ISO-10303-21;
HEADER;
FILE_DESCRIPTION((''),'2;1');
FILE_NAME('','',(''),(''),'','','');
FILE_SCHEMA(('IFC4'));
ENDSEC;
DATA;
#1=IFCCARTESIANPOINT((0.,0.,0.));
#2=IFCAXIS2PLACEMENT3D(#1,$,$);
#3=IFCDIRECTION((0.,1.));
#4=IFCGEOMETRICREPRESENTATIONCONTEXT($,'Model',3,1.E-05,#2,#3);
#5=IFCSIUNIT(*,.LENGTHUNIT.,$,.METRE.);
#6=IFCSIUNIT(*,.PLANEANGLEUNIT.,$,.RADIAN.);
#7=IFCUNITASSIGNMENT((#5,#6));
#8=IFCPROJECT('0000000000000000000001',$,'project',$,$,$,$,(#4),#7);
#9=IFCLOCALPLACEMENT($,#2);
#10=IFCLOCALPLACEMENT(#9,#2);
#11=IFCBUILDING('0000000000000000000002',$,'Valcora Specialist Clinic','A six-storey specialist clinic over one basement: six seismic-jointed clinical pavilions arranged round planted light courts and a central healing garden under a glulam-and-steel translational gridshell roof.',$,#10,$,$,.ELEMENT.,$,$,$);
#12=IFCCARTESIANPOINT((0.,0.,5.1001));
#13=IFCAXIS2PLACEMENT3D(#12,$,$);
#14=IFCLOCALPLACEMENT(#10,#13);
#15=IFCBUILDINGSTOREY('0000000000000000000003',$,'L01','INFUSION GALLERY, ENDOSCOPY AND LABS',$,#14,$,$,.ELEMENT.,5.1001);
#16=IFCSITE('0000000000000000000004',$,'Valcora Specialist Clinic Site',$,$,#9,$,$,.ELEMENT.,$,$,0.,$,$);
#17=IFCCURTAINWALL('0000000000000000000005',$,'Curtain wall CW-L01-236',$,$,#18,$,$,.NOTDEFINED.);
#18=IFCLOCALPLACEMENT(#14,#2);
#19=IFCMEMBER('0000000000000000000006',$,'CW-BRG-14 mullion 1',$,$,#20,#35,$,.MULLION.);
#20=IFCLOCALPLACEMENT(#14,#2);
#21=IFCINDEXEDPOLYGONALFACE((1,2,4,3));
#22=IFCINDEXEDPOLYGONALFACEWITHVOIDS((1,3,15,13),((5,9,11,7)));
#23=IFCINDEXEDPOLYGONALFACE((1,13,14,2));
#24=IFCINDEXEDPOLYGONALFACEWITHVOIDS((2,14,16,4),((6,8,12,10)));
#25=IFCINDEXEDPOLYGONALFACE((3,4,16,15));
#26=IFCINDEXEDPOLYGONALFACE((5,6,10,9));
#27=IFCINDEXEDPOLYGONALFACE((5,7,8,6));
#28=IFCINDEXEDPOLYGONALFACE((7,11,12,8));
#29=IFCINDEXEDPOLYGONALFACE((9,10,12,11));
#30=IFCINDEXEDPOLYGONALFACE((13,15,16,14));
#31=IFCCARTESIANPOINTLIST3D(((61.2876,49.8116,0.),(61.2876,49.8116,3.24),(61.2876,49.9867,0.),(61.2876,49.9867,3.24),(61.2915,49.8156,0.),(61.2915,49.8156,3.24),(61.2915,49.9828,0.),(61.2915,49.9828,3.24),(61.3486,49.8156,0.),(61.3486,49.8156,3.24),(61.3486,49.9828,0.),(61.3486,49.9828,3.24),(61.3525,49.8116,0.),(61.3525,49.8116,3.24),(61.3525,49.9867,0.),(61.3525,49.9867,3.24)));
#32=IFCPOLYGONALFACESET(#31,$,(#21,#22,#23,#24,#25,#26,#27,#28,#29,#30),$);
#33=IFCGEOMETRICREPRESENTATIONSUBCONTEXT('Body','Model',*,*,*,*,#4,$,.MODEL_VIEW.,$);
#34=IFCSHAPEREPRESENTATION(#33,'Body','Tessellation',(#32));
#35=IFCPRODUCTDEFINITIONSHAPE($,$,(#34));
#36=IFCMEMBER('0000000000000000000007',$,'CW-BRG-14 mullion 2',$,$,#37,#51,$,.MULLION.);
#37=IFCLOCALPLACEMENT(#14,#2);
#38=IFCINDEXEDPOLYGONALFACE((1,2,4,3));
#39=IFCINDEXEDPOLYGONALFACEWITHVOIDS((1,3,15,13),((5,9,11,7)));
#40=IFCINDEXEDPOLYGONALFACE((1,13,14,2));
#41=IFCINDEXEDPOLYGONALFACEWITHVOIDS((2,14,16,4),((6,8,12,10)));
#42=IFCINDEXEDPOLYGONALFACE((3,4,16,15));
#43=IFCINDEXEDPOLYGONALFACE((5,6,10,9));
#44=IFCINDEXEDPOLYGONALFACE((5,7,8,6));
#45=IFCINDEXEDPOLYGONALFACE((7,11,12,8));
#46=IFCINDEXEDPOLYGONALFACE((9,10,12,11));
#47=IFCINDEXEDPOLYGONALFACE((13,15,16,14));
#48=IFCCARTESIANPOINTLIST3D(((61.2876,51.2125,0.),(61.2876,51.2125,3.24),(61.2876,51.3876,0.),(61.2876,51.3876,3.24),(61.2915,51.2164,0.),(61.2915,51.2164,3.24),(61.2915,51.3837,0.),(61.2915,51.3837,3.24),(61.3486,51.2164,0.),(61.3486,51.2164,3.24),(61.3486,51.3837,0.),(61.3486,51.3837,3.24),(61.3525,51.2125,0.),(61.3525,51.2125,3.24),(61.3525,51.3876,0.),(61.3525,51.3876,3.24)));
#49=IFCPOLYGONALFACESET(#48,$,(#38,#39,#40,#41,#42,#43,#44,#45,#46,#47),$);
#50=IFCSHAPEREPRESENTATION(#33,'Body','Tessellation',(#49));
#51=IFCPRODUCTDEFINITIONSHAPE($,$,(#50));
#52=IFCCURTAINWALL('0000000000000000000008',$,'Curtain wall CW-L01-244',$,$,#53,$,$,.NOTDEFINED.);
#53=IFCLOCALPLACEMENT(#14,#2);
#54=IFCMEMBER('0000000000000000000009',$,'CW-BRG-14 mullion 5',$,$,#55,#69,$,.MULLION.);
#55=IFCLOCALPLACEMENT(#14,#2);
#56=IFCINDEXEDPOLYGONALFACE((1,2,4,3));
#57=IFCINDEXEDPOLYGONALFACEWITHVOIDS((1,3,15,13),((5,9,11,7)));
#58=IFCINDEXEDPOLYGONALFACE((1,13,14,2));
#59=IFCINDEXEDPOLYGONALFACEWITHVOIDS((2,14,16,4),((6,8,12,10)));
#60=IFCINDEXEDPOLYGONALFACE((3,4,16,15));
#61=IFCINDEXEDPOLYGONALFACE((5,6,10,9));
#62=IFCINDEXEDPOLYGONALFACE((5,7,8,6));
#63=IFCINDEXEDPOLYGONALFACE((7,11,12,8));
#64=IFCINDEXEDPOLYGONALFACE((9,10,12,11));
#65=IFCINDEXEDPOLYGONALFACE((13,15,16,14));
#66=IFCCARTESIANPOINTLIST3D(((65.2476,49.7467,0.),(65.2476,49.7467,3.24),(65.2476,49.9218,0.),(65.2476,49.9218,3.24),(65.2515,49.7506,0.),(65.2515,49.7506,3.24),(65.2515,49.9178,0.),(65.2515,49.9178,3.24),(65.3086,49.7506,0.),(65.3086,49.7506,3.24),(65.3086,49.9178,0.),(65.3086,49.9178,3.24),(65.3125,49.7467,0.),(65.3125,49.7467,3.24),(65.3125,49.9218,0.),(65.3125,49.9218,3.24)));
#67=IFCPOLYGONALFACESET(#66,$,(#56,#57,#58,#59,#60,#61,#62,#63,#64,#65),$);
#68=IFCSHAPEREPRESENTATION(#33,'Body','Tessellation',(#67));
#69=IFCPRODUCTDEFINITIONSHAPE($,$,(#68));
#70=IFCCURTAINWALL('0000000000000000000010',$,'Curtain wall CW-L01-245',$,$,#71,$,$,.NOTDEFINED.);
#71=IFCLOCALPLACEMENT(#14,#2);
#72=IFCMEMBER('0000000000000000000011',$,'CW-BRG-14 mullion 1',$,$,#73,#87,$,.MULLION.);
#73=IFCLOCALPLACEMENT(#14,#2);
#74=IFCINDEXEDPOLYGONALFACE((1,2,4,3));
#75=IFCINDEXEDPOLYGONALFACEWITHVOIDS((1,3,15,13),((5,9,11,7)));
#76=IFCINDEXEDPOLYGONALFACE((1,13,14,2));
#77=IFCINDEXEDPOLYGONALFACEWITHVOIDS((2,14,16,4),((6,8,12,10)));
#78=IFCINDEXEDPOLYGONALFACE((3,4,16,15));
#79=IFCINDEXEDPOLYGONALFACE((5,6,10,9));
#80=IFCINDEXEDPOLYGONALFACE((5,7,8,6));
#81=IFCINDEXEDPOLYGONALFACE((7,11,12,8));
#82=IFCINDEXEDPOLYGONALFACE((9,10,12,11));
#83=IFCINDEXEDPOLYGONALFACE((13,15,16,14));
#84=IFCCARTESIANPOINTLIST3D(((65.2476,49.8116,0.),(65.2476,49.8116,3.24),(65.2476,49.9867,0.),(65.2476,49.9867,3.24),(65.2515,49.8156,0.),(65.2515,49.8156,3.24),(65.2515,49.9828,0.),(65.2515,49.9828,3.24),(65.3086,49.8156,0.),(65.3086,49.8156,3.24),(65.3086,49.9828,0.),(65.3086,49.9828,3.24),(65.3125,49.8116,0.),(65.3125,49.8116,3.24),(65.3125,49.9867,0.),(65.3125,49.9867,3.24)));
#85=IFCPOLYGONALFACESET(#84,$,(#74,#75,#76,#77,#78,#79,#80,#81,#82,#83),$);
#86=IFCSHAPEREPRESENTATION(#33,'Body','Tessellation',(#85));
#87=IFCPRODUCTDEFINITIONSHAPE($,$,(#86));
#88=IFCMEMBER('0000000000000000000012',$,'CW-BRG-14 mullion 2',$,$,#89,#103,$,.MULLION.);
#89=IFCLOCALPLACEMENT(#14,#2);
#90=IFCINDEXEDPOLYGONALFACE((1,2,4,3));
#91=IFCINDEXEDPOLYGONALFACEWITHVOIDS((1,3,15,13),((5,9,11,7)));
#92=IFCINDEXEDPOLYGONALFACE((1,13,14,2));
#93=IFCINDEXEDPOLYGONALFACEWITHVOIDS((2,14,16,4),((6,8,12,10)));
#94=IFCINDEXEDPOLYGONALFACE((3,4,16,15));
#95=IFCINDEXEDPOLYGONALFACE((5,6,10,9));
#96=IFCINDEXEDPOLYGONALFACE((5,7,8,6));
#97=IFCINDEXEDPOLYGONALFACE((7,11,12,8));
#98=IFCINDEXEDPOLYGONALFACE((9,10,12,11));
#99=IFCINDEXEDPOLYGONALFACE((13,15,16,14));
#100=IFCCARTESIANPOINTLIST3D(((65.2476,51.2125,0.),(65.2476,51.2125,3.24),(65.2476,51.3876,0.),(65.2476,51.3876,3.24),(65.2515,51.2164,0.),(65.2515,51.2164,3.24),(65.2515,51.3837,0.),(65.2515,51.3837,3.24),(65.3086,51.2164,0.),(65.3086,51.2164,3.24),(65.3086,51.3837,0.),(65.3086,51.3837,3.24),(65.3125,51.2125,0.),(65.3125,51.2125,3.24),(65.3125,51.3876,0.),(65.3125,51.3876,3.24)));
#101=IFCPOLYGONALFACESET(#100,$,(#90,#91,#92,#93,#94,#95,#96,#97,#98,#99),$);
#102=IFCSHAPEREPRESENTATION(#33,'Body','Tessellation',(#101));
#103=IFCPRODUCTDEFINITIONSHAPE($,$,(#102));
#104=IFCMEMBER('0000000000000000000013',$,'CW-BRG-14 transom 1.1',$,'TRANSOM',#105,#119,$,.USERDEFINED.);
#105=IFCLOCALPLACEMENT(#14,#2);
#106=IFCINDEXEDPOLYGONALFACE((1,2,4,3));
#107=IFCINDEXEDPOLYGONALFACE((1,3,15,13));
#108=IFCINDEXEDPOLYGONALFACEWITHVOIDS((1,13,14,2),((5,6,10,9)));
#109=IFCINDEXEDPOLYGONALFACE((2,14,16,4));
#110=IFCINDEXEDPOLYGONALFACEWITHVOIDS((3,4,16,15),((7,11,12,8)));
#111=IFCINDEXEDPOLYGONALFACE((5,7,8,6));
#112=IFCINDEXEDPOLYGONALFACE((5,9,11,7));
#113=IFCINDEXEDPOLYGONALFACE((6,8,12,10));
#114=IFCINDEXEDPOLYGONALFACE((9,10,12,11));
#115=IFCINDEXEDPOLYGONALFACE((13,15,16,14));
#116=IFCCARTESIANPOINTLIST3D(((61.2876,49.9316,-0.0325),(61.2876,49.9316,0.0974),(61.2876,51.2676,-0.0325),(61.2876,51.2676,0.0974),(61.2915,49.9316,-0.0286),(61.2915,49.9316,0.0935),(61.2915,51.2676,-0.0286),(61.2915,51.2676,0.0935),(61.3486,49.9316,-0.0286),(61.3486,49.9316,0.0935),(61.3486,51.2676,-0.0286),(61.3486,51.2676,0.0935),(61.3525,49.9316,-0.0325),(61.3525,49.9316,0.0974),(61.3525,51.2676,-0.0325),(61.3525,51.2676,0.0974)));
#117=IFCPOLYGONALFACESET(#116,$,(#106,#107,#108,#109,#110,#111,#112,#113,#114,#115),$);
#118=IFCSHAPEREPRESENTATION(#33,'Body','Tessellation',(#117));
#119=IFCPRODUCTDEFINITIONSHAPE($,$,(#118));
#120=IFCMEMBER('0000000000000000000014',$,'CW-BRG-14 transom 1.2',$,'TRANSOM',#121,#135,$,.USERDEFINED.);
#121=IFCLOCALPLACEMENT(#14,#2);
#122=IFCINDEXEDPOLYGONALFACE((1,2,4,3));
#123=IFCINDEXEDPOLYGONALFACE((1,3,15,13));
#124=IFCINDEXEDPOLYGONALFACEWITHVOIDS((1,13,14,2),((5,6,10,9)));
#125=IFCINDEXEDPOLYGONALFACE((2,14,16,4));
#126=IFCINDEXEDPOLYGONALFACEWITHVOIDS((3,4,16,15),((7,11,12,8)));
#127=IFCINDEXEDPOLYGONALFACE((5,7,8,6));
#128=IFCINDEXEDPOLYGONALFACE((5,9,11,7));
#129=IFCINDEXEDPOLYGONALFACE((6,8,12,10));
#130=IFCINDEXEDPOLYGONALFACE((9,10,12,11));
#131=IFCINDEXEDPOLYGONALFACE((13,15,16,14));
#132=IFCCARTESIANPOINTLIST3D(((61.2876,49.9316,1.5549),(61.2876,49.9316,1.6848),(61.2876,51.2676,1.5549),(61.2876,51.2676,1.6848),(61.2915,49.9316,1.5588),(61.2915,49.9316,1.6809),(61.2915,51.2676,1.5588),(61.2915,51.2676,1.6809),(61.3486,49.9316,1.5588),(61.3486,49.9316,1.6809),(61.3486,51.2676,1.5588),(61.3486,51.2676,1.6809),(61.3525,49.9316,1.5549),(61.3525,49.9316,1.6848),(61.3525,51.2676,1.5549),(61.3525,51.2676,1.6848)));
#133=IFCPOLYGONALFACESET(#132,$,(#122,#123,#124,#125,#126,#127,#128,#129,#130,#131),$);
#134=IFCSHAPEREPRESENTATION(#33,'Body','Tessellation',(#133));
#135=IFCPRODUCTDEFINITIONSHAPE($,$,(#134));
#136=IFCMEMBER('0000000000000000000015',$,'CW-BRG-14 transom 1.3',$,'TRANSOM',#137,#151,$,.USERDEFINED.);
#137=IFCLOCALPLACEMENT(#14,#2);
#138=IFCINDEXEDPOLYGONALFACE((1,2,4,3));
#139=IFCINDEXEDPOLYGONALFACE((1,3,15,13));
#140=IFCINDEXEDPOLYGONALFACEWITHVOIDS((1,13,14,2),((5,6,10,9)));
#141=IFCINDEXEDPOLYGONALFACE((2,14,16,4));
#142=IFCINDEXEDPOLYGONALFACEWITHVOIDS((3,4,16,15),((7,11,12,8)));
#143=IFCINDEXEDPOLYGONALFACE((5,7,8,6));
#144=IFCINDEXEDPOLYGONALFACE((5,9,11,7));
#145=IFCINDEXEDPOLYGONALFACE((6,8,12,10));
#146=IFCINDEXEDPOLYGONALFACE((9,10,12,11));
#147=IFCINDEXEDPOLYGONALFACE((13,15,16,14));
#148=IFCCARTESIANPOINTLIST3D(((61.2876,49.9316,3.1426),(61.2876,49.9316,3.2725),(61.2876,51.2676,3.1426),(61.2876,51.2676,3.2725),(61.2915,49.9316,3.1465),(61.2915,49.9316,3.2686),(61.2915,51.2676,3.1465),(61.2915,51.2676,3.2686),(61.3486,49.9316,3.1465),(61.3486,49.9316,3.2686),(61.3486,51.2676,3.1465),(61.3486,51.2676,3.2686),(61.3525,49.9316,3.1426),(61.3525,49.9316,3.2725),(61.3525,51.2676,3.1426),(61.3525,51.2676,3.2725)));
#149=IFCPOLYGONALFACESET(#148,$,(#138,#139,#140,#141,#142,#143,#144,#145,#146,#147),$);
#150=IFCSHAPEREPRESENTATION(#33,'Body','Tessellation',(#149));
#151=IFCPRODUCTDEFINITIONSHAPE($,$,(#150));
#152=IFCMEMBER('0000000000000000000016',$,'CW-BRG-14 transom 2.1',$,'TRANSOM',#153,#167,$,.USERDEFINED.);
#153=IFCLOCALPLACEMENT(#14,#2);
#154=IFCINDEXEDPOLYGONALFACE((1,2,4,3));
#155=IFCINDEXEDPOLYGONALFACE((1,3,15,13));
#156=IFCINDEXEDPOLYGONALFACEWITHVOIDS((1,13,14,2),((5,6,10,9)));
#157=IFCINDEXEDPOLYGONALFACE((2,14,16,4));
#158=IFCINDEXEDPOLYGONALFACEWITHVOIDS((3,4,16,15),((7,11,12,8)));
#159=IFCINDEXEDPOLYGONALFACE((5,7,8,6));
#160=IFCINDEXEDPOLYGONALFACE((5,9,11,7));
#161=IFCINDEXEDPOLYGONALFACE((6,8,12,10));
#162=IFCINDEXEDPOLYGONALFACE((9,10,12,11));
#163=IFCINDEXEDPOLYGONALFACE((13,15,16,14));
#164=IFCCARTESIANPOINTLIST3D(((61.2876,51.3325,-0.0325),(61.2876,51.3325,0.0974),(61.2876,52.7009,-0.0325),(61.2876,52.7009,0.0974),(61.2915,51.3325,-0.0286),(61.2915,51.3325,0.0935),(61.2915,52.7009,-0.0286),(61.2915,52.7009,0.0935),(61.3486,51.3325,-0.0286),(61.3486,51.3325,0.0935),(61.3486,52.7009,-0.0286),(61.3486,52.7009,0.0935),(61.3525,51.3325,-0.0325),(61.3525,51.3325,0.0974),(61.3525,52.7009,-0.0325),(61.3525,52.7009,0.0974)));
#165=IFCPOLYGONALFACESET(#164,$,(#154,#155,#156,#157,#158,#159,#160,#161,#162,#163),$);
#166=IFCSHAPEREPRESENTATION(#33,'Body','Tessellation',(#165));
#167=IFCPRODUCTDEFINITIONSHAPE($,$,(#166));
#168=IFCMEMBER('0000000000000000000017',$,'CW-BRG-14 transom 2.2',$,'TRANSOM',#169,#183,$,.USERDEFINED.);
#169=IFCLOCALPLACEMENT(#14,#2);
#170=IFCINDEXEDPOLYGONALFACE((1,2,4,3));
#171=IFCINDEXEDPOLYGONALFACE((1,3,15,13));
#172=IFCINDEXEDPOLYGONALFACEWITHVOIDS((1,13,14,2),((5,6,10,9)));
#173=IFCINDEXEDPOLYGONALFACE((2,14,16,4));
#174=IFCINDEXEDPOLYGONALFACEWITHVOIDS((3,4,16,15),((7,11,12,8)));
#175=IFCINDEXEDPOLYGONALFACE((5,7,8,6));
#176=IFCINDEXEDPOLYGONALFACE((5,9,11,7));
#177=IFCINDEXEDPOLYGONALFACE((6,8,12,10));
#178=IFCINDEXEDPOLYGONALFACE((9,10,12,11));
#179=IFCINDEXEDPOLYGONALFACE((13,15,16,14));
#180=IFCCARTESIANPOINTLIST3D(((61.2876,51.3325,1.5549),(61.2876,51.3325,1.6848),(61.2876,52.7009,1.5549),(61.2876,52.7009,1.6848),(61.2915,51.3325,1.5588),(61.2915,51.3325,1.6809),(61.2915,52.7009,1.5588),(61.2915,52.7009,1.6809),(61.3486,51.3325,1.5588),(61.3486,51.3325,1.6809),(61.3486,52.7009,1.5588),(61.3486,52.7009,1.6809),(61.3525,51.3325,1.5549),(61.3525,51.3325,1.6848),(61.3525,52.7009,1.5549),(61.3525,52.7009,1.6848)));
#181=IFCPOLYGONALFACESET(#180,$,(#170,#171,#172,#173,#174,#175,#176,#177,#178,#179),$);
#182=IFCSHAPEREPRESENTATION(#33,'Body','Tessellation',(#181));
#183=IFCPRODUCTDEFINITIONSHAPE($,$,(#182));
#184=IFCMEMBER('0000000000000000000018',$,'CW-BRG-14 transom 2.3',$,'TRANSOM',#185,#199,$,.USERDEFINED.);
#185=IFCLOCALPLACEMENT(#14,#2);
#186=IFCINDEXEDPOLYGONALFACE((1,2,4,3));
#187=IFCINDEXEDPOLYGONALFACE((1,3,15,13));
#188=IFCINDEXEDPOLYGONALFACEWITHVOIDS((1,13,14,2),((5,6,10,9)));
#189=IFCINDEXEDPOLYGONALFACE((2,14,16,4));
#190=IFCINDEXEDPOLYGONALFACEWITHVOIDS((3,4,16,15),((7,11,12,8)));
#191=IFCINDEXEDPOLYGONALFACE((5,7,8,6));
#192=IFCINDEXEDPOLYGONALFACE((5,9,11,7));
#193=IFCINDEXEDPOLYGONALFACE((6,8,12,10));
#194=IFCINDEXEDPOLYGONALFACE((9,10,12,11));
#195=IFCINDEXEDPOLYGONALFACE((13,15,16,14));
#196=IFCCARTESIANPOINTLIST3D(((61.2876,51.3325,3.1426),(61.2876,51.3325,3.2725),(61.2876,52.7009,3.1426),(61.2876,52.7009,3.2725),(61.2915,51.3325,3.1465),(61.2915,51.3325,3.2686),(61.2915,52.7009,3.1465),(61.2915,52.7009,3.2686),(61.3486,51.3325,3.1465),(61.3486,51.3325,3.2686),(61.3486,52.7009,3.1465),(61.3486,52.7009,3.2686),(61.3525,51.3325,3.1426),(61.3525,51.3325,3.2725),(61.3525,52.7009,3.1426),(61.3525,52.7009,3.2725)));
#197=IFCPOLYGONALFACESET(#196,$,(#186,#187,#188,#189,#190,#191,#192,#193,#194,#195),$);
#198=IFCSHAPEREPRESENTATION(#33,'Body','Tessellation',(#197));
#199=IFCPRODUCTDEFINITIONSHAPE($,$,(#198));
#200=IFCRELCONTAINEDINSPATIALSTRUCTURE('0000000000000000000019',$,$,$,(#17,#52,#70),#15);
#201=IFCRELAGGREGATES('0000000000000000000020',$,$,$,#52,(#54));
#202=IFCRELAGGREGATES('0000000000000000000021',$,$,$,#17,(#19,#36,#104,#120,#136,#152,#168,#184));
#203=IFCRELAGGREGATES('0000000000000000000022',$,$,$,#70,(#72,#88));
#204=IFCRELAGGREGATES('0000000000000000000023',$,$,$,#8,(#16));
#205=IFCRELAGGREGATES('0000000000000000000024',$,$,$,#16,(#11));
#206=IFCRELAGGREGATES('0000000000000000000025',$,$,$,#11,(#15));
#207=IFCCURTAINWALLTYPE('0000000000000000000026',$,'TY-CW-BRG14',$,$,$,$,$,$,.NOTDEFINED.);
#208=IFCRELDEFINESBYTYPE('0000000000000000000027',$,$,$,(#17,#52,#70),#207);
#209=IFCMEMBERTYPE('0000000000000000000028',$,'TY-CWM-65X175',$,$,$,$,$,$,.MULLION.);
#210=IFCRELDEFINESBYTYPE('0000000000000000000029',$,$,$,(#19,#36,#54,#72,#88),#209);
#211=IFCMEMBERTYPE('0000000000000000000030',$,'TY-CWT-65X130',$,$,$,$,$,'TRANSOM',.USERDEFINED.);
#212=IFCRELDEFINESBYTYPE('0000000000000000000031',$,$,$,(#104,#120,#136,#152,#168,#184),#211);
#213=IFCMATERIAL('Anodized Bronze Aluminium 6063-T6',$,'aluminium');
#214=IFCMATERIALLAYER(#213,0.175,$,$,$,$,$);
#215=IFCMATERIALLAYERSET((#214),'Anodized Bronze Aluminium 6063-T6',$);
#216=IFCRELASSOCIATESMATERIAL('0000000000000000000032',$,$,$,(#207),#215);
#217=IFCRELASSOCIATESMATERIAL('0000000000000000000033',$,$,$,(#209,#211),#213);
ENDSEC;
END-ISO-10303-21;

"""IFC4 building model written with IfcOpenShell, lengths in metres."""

from ifc_helpers import new_model, si_unit, direction, frame, origin, origin_2d, place, context, subcontext, project, spatial, hollow_rectangle, extrude, material, layer, layer_set, material_profile, profile_set, type_object, element, aggregate, save


model = new_model("IFC4")

# Units and contexts
model_context = context("Model", 3, precision=1e-05, world=origin(), true_north=direction((0.0, 1.0)))
body_context = subcontext(model_context, "Body", "Model", "MODEL_VIEW")
ifc_project = project(units=[si_unit("LENGTHUNIT", "METRE"), si_unit("PLANEANGLEUNIT", "RADIAN")], contexts=[model_context])

# Site, building, storey
site_placement = place(None, origin())
site = spatial("IfcSite", under=ifc_project, at=site_placement, Name="Valcora Specialist Clinic Site", CompositionType="ELEMENT", RefElevation=0.0)
building_placement = place(site_placement, origin())
building = spatial("IfcBuilding", under=site, at=building_placement, Name="Valcora Specialist Clinic", Description="A six-storey specialist clinic over one basement: six seismic-jointed clinical pavilions arranged round planted light courts and a central healing garden under a glulam-and-steel translational gridshell roof.", CompositionType="ELEMENT")
storey_placement = place(building_placement, frame((0.0, 0.0, 5.1001)))
storey = spatial("IfcBuildingStorey", under=building, at=storey_placement, Name="L01", Description="INFUSION GALLERY, ENDOSCOPY AND LABS", CompositionType="ELEMENT", Elevation=5.1001)

# Curtain wall, members
ifc_material_1 = material(Name="Anodized Bronze Aluminium 6063-T6", Category="aluminium")
ifc_layer_1 = layer(ifc_material_1, 0.175)
ifc_layer_set_1 = layer_set([ifc_layer_1], Name="Anodized Bronze Aluminium 6063-T6")
curtain_wall_type = type_object("IfcCurtainWallType", Name="TY-CW-BRG14", PredefinedType="NOTDEFINED", material=ifc_layer_set_1)
curtain_wall_1_placement = place(storey_placement, origin())
curtain_wall_1 = element("IfcCurtainWall", 1, at=curtain_wall_1_placement, inside=storey, type_object=curtain_wall_type, Name="Curtain wall CW-L01-236", PredefinedType="NOTDEFINED")
ifc_material_profile_1 = material_profile(ifc_material_1, hollow_rectangle(XDim=0.0649, YDim=0.175, WallThickness=0.0039, at=origin_2d()), Name="AL-MUL-65X175")
ifc_profile_set_1 = profile_set([ifc_material_profile_1], Name="Anodized Bronze Aluminium 6063-T6")
member_type_1 = type_object("IfcMemberType", Name="TY-CWM-65X175", PredefinedType="MULLION", material=ifc_profile_set_1)
member_1_placement = place(storey_placement, frame((61.3201, 49.8992, 0.0), z_axis=(0.0, 0.0, 1.0), x_axis=(-1.0, 0.0, 0.0)))
member_1 = element("IfcMember", 2, at=member_1_placement, type_object=member_type_1, Name="CW-BRG-14 mullion 1", PredefinedType="MULLION", context=body_context, shape_type="SweptSolid", body=[
    extrude(hollow_rectangle(XDim=0.0649, YDim=0.175, WallThickness=0.0039, at=origin_2d()), origin(), (0.0, 0.0, 1.0), 3.24),
])
member_2_placement = place(storey_placement, frame((61.3201, 51.3, 0.0), z_axis=(0.0, 0.0, 1.0), x_axis=(-1.0, 0.0, 0.0)))
member_2 = element("IfcMember", 3, at=member_2_placement, type_object=member_type_1, Name="CW-BRG-14 mullion 2", PredefinedType="MULLION", context=body_context, shape_type="SweptSolid", body=[
    extrude(hollow_rectangle(XDim=0.0649, YDim=0.175, WallThickness=0.0039, at=origin_2d()), origin(), (0.0, 0.0, 1.0), 3.24),
])

# Curtain wall, member
curtain_wall_2_placement = place(storey_placement, origin())
curtain_wall_2 = element("IfcCurtainWall", 4, at=curtain_wall_2_placement, inside=storey, type_object=curtain_wall_type, Name="Curtain wall CW-L01-244", PredefinedType="NOTDEFINED")
member_3_placement = place(storey_placement, frame((65.28, 49.8342, 0.0), z_axis=(0.0, 0.0, 1.0), x_axis=(-1.0, 0.0, 0.0)))
member_3 = element("IfcMember", 5, at=member_3_placement, type_object=member_type_1, Name="CW-BRG-14 mullion 5", PredefinedType="MULLION", context=body_context, shape_type="SweptSolid", body=[
    extrude(hollow_rectangle(XDim=0.0649, YDim=0.175, WallThickness=0.0039, at=origin_2d()), origin(), (0.0, 0.0, 1.0), 3.24),
])
aggregate(curtain_wall_2, [member_3])

# Curtain wall, members
curtain_wall_3_placement = place(storey_placement, origin())
curtain_wall_3 = element("IfcCurtainWall", 6, at=curtain_wall_3_placement, inside=storey, type_object=curtain_wall_type, Name="Curtain wall CW-L01-245", PredefinedType="NOTDEFINED")
member_4_placement = place(storey_placement, frame((65.28, 49.8992, 0.0), z_axis=(0.0, 0.0, 1.0), x_axis=(-1.0, 0.0, 0.0)))
member_4 = element("IfcMember", 7, at=member_4_placement, type_object=member_type_1, Name="CW-BRG-14 mullion 1", PredefinedType="MULLION", context=body_context, shape_type="SweptSolid", body=[
    extrude(hollow_rectangle(XDim=0.0649, YDim=0.175, WallThickness=0.0039, at=origin_2d()), origin(), (0.0, 0.0, 1.0), 3.24),
])
member_5_placement = place(storey_placement, frame((65.28, 51.3, 0.0), z_axis=(0.0, 0.0, 1.0), x_axis=(-1.0, 0.0, 0.0)))
member_5 = element("IfcMember", 8, at=member_5_placement, type_object=member_type_1, Name="CW-BRG-14 mullion 2", PredefinedType="MULLION", context=body_context, shape_type="SweptSolid", body=[
    extrude(hollow_rectangle(XDim=0.0649, YDim=0.175, WallThickness=0.0039, at=origin_2d()), origin(), (0.0, 0.0, 1.0), 3.24),
])

# Members
ifc_material_profile_2 = material_profile(ifc_material_1, hollow_rectangle(XDim=0.0649, YDim=0.1299, WallThickness=0.0039, at=origin_2d()), Name="AL-TRN-65X130")
ifc_profile_set_2 = profile_set([ifc_material_profile_2], Name="Anodized Bronze Aluminium 6063-T6")
member_type_2 = type_object("IfcMemberType", Name="TY-CWT-65X130", ElementType="TRANSOM", PredefinedType="USERDEFINED", material=ifc_profile_set_2)
member_6_placement = place(storey_placement, frame((61.3201, 49.9316, 0.0325), z_axis=(0.0, 1.0, 0.0), x_axis=(-1.0, 0.0, 0.0)))
member_6 = element("IfcMember", 9, at=member_6_placement, type_object=member_type_2, Name="CW-BRG-14 transom 1.1", ObjectType="TRANSOM", PredefinedType="USERDEFINED", context=body_context, shape_type="SweptSolid", body=[
    extrude(hollow_rectangle(XDim=0.0649, YDim=0.1299, WallThickness=0.0039, at=origin_2d()), origin(), (0.0, 0.0, 1.0), 1.3359),
])
member_7_placement = place(storey_placement, frame((61.3201, 49.9316, 1.6199), z_axis=(0.0, 1.0, 0.0), x_axis=(-1.0, 0.0, 0.0)))
member_7 = element("IfcMember", 10, at=member_7_placement, type_object=member_type_2, Name="CW-BRG-14 transom 1.2", ObjectType="TRANSOM", PredefinedType="USERDEFINED", context=body_context, shape_type="SweptSolid", body=[
    extrude(hollow_rectangle(XDim=0.0649, YDim=0.1299, WallThickness=0.0039, at=origin_2d()), origin(), (0.0, 0.0, 1.0), 1.3359),
])
member_8_placement = place(storey_placement, frame((61.3201, 49.9316, 3.2075), z_axis=(0.0, 1.0, 0.0), x_axis=(-1.0, 0.0, 0.0)))
member_8 = element("IfcMember", 11, at=member_8_placement, type_object=member_type_2, Name="CW-BRG-14 transom 1.3", ObjectType="TRANSOM", PredefinedType="USERDEFINED", context=body_context, shape_type="SweptSolid", body=[
    extrude(hollow_rectangle(XDim=0.0649, YDim=0.1299, WallThickness=0.0039, at=origin_2d()), origin(), (0.0, 0.0, 1.0), 1.3359),
])
member_9_placement = place(storey_placement, frame((61.3201, 51.3325, 0.0325), z_axis=(0.0, 1.0, 0.0), x_axis=(-1.0, 0.0, 0.0)))
member_9 = element("IfcMember", 12, at=member_9_placement, type_object=member_type_2, Name="CW-BRG-14 transom 2.1", ObjectType="TRANSOM", PredefinedType="USERDEFINED", context=body_context, shape_type="SweptSolid", body=[
    extrude(hollow_rectangle(XDim=0.0649, YDim=0.1299, WallThickness=0.0039, at=origin_2d()), origin(), (0.0, 0.0, 1.0), 1.3684),
])
member_10_placement = place(storey_placement, frame((61.3201, 51.3325, 1.6199), z_axis=(0.0, 1.0, 0.0), x_axis=(-1.0, 0.0, 0.0)))
member_10 = element("IfcMember", 13, at=member_10_placement, type_object=member_type_2, Name="CW-BRG-14 transom 2.2", ObjectType="TRANSOM", PredefinedType="USERDEFINED", context=body_context, shape_type="SweptSolid", body=[
    extrude(hollow_rectangle(XDim=0.0649, YDim=0.1299, WallThickness=0.0039, at=origin_2d()), origin(), (0.0, 0.0, 1.0), 1.3684),
])
member_11_placement = place(storey_placement, frame((61.3201, 51.3325, 3.2075), z_axis=(0.0, 1.0, 0.0), x_axis=(-1.0, 0.0, 0.0)))
member_11 = element("IfcMember", 14, at=member_11_placement, type_object=member_type_2, Name="CW-BRG-14 transom 2.3", ObjectType="TRANSOM", PredefinedType="USERDEFINED", context=body_context, shape_type="SweptSolid", body=[
    extrude(hollow_rectangle(XDim=0.0649, YDim=0.1299, WallThickness=0.0039, at=origin_2d()), origin(), (0.0, 0.0, 1.0), 1.3684),
])

aggregate(curtain_wall_1, [member_1, member_2, member_6, member_7, member_8, member_9, member_10, member_11])
aggregate(curtain_wall_3, [member_4, member_5])

save(model, "model.ifc")
